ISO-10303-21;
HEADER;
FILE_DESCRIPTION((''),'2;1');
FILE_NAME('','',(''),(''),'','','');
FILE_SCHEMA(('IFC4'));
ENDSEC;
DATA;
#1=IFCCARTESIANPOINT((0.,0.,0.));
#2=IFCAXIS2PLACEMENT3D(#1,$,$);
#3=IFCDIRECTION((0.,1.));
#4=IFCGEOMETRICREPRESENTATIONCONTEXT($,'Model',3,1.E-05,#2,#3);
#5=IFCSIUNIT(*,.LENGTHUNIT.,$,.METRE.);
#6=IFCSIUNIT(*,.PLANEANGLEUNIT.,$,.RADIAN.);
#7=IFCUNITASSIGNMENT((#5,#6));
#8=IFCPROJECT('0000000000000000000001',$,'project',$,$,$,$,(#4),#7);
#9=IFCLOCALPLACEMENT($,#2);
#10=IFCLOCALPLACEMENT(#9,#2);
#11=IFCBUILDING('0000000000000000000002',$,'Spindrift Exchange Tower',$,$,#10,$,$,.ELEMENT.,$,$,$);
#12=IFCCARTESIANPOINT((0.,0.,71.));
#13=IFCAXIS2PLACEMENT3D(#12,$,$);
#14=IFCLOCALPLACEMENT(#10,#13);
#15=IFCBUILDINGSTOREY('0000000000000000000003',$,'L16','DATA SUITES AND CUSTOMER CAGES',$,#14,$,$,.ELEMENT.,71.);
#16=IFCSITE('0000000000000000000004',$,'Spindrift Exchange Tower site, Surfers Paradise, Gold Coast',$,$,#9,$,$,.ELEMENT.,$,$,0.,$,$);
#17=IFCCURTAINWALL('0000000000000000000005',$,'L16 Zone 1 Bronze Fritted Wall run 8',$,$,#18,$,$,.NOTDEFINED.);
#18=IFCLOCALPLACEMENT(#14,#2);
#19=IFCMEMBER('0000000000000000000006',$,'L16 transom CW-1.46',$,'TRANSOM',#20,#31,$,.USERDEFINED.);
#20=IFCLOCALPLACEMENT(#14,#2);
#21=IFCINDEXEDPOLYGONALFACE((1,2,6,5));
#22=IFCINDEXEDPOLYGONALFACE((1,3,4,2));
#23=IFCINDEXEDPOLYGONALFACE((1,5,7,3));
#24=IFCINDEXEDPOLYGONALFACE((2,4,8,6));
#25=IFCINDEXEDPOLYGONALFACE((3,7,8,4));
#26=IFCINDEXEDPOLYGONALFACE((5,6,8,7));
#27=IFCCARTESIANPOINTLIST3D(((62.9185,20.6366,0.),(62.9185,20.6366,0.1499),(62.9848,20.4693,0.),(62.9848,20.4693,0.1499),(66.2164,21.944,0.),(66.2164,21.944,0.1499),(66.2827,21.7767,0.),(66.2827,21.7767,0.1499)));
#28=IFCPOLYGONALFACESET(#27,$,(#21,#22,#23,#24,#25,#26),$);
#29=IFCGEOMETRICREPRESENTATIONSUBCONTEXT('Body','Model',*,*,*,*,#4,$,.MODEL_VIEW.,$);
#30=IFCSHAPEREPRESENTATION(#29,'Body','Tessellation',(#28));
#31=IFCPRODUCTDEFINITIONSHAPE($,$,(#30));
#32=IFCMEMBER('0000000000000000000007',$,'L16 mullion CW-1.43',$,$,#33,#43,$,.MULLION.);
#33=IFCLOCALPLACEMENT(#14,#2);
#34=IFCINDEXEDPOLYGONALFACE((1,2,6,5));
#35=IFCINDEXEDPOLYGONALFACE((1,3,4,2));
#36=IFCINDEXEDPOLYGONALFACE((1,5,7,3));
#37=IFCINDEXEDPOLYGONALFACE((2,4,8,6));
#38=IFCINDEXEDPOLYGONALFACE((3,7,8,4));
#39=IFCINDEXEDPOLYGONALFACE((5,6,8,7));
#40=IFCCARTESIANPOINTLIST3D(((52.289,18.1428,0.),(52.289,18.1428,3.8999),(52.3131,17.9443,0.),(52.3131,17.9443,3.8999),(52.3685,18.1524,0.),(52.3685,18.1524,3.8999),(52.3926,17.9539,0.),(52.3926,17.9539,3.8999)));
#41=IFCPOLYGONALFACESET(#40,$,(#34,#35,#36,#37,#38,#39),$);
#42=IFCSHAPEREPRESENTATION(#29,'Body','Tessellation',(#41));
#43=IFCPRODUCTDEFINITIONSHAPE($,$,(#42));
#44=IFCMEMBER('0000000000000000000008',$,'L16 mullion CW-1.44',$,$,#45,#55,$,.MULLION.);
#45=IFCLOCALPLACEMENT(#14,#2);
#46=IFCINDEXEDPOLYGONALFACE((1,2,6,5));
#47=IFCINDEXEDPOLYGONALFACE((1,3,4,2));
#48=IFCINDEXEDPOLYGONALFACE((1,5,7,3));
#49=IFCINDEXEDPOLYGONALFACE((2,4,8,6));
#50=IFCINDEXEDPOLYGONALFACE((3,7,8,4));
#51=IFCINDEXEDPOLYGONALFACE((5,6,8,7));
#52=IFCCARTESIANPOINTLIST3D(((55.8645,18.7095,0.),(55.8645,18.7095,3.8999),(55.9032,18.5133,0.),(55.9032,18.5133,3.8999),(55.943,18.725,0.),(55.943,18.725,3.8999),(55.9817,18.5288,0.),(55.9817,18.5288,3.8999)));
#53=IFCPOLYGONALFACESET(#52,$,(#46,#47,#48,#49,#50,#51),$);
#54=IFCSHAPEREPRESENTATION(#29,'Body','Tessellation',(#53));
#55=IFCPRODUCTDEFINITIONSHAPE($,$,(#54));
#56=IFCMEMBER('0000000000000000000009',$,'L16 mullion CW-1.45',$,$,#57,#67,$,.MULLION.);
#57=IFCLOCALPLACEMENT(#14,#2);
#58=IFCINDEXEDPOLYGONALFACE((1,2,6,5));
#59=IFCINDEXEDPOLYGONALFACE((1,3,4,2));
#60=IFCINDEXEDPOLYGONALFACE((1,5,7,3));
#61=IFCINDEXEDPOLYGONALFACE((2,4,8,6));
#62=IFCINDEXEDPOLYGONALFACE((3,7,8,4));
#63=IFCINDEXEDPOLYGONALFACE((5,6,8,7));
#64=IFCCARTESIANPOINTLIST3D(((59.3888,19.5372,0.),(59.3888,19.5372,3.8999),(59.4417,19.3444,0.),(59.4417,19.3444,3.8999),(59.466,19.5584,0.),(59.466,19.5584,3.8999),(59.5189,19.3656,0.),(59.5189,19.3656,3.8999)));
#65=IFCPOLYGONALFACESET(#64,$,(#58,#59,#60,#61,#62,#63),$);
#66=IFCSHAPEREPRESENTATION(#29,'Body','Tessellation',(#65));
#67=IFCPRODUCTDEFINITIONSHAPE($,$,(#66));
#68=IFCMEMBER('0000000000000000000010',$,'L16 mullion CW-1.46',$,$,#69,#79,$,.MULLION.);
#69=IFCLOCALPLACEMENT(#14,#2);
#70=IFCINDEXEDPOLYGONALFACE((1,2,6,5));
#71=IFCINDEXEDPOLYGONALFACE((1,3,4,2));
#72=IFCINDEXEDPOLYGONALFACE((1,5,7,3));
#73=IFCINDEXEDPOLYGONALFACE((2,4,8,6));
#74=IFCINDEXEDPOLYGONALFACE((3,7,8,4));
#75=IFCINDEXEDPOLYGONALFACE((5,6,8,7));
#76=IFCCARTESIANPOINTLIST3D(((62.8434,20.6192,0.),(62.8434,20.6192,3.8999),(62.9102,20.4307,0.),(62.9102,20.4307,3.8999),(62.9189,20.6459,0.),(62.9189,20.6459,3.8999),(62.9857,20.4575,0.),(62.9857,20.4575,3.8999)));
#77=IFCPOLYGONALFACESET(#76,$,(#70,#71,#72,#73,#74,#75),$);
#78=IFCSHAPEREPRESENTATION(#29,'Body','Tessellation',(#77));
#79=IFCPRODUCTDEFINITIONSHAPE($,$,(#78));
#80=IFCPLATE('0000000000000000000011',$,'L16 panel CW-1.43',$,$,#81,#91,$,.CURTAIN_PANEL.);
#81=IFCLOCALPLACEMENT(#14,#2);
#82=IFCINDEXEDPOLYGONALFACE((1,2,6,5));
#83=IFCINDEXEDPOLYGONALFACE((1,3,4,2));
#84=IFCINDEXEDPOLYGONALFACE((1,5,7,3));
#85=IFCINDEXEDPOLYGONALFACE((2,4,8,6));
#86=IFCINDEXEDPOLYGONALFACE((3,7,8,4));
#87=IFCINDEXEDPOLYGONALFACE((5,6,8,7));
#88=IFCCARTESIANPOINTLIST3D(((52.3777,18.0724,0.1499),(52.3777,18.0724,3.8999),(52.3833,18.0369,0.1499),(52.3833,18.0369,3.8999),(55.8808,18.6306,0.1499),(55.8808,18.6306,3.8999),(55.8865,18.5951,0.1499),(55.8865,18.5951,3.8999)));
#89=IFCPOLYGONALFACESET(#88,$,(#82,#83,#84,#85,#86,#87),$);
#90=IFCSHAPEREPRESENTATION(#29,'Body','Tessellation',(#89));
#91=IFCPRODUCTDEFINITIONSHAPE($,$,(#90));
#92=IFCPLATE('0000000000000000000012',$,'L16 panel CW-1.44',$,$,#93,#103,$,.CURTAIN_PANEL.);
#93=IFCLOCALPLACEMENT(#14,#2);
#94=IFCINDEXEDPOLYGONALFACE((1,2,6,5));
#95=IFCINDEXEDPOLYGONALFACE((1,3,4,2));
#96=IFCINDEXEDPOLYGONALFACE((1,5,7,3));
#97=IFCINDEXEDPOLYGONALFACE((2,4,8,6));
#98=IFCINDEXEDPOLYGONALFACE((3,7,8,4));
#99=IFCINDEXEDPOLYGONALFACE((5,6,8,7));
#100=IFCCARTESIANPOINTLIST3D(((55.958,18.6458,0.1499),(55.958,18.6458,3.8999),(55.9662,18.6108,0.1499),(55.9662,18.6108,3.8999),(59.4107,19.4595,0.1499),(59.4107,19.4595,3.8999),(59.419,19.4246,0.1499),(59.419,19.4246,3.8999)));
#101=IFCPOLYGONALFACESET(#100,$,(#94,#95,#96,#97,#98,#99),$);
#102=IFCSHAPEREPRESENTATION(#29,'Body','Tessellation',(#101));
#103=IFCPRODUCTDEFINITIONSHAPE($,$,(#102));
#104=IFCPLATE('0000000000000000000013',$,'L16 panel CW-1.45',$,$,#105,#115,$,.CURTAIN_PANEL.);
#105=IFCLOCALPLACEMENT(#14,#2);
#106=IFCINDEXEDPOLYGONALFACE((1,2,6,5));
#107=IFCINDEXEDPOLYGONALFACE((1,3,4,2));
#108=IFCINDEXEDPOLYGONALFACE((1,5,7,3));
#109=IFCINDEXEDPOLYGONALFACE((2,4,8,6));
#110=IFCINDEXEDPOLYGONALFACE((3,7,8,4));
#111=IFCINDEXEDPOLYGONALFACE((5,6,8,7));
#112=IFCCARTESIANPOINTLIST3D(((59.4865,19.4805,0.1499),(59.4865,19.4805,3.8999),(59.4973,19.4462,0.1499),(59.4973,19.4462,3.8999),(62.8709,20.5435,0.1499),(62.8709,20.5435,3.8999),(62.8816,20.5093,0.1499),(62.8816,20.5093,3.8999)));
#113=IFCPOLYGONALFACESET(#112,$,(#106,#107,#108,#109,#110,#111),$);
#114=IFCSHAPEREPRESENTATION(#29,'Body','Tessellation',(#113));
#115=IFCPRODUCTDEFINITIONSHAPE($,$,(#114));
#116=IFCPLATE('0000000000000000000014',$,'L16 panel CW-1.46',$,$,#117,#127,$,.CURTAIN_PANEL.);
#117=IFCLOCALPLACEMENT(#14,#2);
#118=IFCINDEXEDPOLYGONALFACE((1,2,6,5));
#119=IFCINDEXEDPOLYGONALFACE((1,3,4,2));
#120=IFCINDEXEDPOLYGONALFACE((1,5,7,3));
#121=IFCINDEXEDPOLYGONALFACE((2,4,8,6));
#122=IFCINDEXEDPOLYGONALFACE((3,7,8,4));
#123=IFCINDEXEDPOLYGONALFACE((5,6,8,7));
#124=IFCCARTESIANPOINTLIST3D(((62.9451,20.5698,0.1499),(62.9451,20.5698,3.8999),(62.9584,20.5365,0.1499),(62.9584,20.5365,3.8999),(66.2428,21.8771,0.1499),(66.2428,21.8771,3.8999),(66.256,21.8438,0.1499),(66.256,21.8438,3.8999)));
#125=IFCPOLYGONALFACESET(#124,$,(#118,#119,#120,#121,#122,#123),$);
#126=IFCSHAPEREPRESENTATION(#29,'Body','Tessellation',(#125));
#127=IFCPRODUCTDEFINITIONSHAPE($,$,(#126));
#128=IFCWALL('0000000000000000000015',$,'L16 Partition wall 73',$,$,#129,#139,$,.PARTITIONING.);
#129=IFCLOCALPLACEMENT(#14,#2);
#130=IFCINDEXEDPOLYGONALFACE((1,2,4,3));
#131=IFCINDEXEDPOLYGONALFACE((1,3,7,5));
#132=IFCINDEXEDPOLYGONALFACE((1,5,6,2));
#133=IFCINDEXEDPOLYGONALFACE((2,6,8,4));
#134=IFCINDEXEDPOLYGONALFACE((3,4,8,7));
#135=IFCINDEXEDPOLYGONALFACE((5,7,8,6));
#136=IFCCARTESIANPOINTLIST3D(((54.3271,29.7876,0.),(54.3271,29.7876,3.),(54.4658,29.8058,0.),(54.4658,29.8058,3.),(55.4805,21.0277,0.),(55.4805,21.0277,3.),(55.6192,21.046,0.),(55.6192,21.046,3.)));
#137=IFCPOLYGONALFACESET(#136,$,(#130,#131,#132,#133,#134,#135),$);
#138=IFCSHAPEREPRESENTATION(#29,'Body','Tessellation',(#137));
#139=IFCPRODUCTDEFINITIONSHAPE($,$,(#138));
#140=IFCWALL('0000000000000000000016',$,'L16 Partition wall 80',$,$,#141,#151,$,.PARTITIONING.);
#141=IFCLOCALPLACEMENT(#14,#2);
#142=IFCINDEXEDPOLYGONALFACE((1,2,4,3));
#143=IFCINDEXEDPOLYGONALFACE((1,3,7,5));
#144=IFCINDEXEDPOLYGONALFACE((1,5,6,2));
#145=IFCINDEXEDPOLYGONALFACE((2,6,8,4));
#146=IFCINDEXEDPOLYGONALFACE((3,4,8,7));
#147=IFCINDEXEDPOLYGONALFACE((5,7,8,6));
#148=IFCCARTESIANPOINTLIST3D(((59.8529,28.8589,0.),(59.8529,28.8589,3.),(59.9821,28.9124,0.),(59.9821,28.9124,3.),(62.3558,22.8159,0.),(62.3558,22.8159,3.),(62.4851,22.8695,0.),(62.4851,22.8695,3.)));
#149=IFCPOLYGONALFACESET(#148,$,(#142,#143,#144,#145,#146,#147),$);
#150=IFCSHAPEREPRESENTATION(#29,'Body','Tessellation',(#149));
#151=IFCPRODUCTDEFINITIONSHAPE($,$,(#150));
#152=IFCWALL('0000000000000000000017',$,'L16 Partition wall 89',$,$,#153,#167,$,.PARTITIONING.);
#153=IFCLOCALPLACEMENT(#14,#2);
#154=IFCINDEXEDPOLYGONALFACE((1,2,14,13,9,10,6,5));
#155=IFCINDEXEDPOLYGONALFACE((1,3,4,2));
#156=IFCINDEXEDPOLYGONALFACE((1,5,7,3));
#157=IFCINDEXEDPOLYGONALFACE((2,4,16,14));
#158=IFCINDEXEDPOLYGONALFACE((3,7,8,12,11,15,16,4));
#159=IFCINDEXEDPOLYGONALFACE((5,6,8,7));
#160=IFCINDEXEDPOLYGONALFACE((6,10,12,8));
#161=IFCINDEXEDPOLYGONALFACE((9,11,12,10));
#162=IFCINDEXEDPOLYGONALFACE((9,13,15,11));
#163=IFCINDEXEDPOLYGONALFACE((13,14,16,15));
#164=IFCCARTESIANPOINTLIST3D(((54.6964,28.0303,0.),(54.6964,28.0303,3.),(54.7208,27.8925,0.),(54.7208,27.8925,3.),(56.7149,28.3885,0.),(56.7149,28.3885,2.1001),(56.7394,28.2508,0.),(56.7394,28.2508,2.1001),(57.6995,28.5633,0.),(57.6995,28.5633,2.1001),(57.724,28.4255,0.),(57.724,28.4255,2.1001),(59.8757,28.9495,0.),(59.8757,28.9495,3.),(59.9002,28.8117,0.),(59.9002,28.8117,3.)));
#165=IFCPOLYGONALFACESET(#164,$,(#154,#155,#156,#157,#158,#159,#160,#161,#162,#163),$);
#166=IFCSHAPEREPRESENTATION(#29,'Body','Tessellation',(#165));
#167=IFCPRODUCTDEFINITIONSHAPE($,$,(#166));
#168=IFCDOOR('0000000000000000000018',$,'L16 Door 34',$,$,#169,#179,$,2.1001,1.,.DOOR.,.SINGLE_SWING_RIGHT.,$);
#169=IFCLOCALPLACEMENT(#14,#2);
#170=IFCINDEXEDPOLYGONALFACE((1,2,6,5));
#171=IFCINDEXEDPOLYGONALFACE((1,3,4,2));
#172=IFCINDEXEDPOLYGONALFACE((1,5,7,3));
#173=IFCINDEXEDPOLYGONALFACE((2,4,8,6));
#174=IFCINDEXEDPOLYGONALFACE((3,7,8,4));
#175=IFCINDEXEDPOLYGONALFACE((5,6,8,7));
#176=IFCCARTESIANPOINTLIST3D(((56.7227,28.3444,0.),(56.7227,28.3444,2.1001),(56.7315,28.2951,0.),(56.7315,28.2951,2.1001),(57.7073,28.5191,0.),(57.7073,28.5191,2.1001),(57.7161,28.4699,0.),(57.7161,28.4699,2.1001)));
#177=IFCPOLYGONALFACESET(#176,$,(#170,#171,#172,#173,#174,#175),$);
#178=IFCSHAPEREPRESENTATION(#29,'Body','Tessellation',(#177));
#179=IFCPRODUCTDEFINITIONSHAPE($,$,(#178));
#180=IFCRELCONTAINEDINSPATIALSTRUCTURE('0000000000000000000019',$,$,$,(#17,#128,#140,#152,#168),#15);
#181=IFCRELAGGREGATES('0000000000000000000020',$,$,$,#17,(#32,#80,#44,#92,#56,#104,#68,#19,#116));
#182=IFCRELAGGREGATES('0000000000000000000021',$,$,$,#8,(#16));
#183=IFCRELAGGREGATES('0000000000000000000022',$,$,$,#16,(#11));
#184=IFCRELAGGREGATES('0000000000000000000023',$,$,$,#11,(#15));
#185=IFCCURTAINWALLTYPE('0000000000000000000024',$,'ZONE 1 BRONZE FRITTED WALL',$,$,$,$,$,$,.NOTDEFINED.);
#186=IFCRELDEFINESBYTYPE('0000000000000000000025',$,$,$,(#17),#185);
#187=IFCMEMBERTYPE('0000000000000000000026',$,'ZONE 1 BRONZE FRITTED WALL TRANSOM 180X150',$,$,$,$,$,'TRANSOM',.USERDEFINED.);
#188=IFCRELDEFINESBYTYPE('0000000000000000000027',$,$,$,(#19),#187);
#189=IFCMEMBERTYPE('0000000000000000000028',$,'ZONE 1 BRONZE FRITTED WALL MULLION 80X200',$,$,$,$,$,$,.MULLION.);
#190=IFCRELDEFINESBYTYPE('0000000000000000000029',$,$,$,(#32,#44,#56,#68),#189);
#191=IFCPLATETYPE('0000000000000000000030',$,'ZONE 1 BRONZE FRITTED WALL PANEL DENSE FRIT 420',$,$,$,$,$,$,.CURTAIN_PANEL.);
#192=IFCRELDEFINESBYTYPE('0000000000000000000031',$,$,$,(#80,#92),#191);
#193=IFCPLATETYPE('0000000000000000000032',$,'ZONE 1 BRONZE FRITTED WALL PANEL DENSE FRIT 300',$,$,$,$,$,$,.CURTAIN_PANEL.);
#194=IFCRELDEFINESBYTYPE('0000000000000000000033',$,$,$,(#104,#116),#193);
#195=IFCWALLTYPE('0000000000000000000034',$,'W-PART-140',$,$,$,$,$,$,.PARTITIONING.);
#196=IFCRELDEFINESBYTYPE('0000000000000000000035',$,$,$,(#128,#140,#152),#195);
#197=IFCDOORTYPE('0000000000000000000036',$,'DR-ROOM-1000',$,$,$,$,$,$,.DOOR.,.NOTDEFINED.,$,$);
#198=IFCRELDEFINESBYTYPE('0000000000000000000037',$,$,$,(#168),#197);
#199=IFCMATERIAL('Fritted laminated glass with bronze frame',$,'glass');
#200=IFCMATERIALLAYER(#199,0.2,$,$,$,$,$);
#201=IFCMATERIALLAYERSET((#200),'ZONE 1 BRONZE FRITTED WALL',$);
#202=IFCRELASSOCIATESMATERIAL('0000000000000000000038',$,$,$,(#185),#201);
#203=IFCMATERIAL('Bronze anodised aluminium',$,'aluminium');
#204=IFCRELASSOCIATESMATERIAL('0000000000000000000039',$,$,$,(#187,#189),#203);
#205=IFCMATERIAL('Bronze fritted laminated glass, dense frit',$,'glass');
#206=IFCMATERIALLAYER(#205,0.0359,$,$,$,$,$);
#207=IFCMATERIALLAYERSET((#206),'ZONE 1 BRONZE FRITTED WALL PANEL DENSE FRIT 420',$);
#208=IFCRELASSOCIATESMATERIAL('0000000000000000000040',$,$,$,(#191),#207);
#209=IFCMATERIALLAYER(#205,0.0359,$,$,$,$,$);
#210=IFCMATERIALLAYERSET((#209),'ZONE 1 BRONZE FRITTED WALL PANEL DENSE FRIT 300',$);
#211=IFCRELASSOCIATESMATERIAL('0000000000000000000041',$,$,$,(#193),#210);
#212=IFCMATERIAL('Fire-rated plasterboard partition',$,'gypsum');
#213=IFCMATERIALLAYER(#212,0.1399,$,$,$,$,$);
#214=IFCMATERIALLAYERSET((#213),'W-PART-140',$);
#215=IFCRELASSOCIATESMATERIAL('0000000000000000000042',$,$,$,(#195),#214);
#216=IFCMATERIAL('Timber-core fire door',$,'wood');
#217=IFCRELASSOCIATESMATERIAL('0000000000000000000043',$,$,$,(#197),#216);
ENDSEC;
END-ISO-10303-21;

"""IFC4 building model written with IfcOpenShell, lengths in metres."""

from ifc_helpers import new_model, si_unit, direction, frame, frame_2d, origin, origin_2d, place, context, subcontext, project, spatial, rectangle, extrude, source, transform, mapped, material, layer, layer_set, material_profile, profile_set, type_object, element, fill, aggregate, save


model = new_model("IFC4")

# Units and contexts
model_context = context("Model", 3, precision=1e-05, world=origin(), true_north=direction((0.0, 1.0)))
body_context = subcontext(model_context, "Body", "Model", "MODEL_VIEW")
ifc_project = project(units=[si_unit("LENGTHUNIT", "METRE"), si_unit("PLANEANGLEUNIT", "RADIAN")], contexts=[model_context])

# Site, building, storey
site_placement = place(None, origin())
site = spatial("IfcSite", under=ifc_project, at=site_placement, Name="Spindrift Exchange Tower site, Surfers Paradise, Gold Coast", CompositionType="ELEMENT", RefElevation=0.0)
building_placement = place(site_placement, origin())
building = spatial("IfcBuilding", under=site, at=building_placement, Name="Spindrift Exchange Tower", CompositionType="ELEMENT")
storey_placement = place(building_placement, frame((0.0, 0.0, 71.0)))
storey = spatial("IfcBuildingStorey", under=building, at=storey_placement, Name="L16", Description="DATA SUITES AND CUSTOMER CAGES", CompositionType="ELEMENT", Elevation=71.0)

# Curtain wall, members, plates
ifc_material_1 = material(Name="Fritted laminated glass with bronze frame", Category="glass")
ifc_layer_1 = layer(ifc_material_1, 0.2)
ifc_layer_set_1 = layer_set([ifc_layer_1], Name="ZONE 1 BRONZE FRITTED WALL")
curtain_wall_type = type_object("IfcCurtainWallType", Name="ZONE 1 BRONZE FRITTED WALL", PredefinedType="NOTDEFINED", material=ifc_layer_set_1)
curtain_wall_placement = place(storey_placement, origin())
curtain_wall = element("IfcCurtainWall", 1, at=curtain_wall_placement, inside=storey, type_object=curtain_wall_type, Name="L16 Zone 1 Bronze Fritted Wall run 8", PredefinedType="NOTDEFINED")
ifc_material_2 = material(Name="Bronze anodised aluminium", Category="aluminium")
ifc_material_profile_1 = material_profile(ifc_material_2, rectangle(XDim=0.1799, YDim=0.1499, at=origin_2d()), Name="ZONE 1 BRONZE FRITTED WALL TRANSOM 180X150")
ifc_profile_set_1 = profile_set([ifc_material_profile_1], Name="Bronze anodised aluminium")
member_type_1 = type_object("IfcMemberType", Name="ZONE 1 BRONZE FRITTED WALL TRANSOM 180X150", ElementType="TRANSOM", PredefinedType="USERDEFINED", material=ifc_profile_set_1)
shared_shape_1 = source(origin(), body_context, "Body", "SweptSolid", [
    extrude(rectangle(XDim=0.1799, YDim=0.1499, at=origin_2d()), origin(), (0.0, 0.0, 1.0), 3.5476),
])
member_1_placement = place(storey_placement, frame((62.9517, 20.553, 0.075), z_axis=(0.929616, 0.368529, 0.0), x_axis=(-0.368529, 0.929616, 0.0)))
member_1 = element("IfcMember", 2, at=member_1_placement, type_object=member_type_1, Name="L16 transom CW-1.46", ObjectType="TRANSOM", PredefinedType="USERDEFINED", context=body_context, shape_type="MappedRepresentation", body=[
    mapped(shared_shape_1, transform((0.0, 0.0, 0.0), scale=1.0)),
])
ifc_material_profile_2 = material_profile(ifc_material_2, rectangle(XDim=0.0801, YDim=0.2, at=origin_2d()), Name="ZONE 1 BRONZE FRITTED WALL MULLION 80X200")
ifc_profile_set_2 = profile_set([ifc_material_profile_2], Name="Bronze anodised aluminium")
member_type_2 = type_object("IfcMemberType", Name="ZONE 1 BRONZE FRITTED WALL MULLION 80X200", PredefinedType="MULLION", material=ifc_profile_set_2)
shared_shape_2 = source(origin(), body_context, "Body", "SweptSolid", [
    extrude(rectangle(XDim=0.0801, YDim=0.2, at=origin_2d()), origin(), (0.0, 0.0, 1.0), 3.8999),
])
member_2_placement = place(storey_placement, frame((52.3408, 18.0483, 0.0), z_axis=(0.0, 0.0, 1.0), x_axis=(0.992741, 0.120268, 0.0)))
member_2 = element("IfcMember", 3, at=member_2_placement, type_object=member_type_2, Name="L16 mullion CW-1.43", PredefinedType="MULLION", context=body_context, shape_type="MappedRepresentation", body=[
    mapped(shared_shape_2, transform((0.0, 0.0, 0.0), scale=1.0)),
])
member_3_placement = place(storey_placement, frame((55.9231, 18.6191, 0.0), z_axis=(0.0, 0.0, 1.0), x_axis=(0.981099, 0.193505, 0.0)))
member_3 = element("IfcMember", 4, at=member_3_placement, type_object=member_type_2, Name="L16 mullion CW-1.44", PredefinedType="MULLION", context=body_context, shape_type="MappedRepresentation", body=[
    mapped(shared_shape_2, transform((0.0, 0.0, 0.0), scale=1.0)),
])
member_4_placement = place(storey_placement, frame((59.4539, 19.4514, 0.0), z_axis=(0.0, 0.0, 1.0), x_axis=(0.96433, 0.264703, 0.0)))
member_4 = element("IfcMember", 5, at=member_4_placement, type_object=member_type_2, Name="L16 mullion CW-1.45", PredefinedType="MULLION", context=body_context, shape_type="MappedRepresentation", body=[
    mapped(shared_shape_2, transform((0.0, 0.0, 0.0), scale=1.0)),
])
member_5_placement = place(storey_placement, frame((62.9146, 20.5383, 0.0), z_axis=(0.0, 0.0, 1.0), x_axis=(0.94246, 0.334319, 0.0)))
member_5 = element("IfcMember", 6, at=member_5_placement, type_object=member_type_2, Name="L16 mullion CW-1.46", PredefinedType="MULLION", context=body_context, shape_type="MappedRepresentation", body=[
    mapped(shared_shape_2, transform((0.0, 0.0, 0.0), scale=1.0)),
])
ifc_material_3 = material(Name="Bronze fritted laminated glass, dense frit", Category="glass")
ifc_layer_2 = layer(ifc_material_3, 0.0359)
ifc_layer_set_2 = layer_set([ifc_layer_2], Name="ZONE 1 BRONZE FRITTED WALL PANEL DENSE FRIT 420")
plate_type_1 = type_object("IfcPlateType", Name="ZONE 1 BRONZE FRITTED WALL PANEL DENSE FRIT 420", PredefinedType="CURTAIN_PANEL", material=ifc_layer_set_2)
shared_shape_3 = source(origin(), body_context, "Body", "SweptSolid", [
    extrude(rectangle(XDim=3.5474, YDim=0.0359, at=origin_2d()), origin(), (0.0, 0.0, 1.0), 3.75),
])
plate_1_placement = place(storey_placement, frame((54.1321, 18.3337, 0.1499), z_axis=(0.0, 0.0, 1.0), x_axis=(0.987542, 0.157358, 0.0)))
plate_1 = element("IfcPlate", 7, at=plate_1_placement, type_object=plate_type_1, Name="L16 panel CW-1.43", PredefinedType="CURTAIN_PANEL", context=body_context, shape_type="MappedRepresentation", body=[
    mapped(shared_shape_3, transform((0.0, 0.0, 0.0), scale=1.0)),
])
plate_2_placement = place(storey_placement, frame((57.6885, 19.0352, 0.1499), z_axis=(0.0, 0.0, 1.0), x_axis=(0.973334, 0.229391, 0.0)))
plate_2 = element("IfcPlate", 8, at=plate_2_placement, type_object=plate_type_1, Name="L16 panel CW-1.44", PredefinedType="CURTAIN_PANEL", context=body_context, shape_type="MappedRepresentation", body=[
    mapped(shared_shape_3, transform((0.0, 0.0, 0.0), scale=1.0)),
])
ifc_layer_3 = layer(ifc_material_3, 0.0359)
ifc_layer_set_3 = layer_set([ifc_layer_3], Name="ZONE 1 BRONZE FRITTED WALL PANEL DENSE FRIT 300")
plate_type_2 = type_object("IfcPlateType", Name="ZONE 1 BRONZE FRITTED WALL PANEL DENSE FRIT 300", PredefinedType="CURTAIN_PANEL", material=ifc_layer_set_3)
shared_shape_4 = source(origin(), body_context, "Body", "SweptSolid", [
    extrude(rectangle(XDim=3.5474, YDim=0.0359, at=origin_2d()), origin(), (0.0, 0.0, 1.0), 3.75),
])
plate_3_placement = place(storey_placement, frame((61.1841, 19.9949, 0.1499), z_axis=(0.0, 0.0, 1.0), x_axis=(0.954045, 0.299664, 0.0)))
plate_3 = element("IfcPlate", 9, at=plate_3_placement, type_object=plate_type_2, Name="L16 panel CW-1.45", PredefinedType="CURTAIN_PANEL", context=body_context, shape_type="MappedRepresentation", body=[
    mapped(shared_shape_4, transform((0.0, 0.0, 0.0), scale=1.0)),
])
plate_4_placement = place(storey_placement, frame((64.6006, 21.2068, 0.1499), z_axis=(0.0, 0.0, 1.0), x_axis=(0.929617, 0.368527, 0.0)))
plate_4 = element("IfcPlate", 10, at=plate_4_placement, type_object=plate_type_2, Name="L16 panel CW-1.46", PredefinedType="CURTAIN_PANEL", context=body_context, shape_type="MappedRepresentation", body=[
    mapped(shared_shape_4, transform((0.0, 0.0, 0.0), scale=1.0)),
])
aggregate(curtain_wall, [member_2, plate_1, member_3, plate_2, member_4, plate_3, member_5, member_1, plate_4])

# Walls
ifc_material_4 = material(Name="Fire-rated plasterboard partition", Category="gypsum")
ifc_layer_4 = layer(ifc_material_4, 0.1399)
ifc_layer_set_4 = layer_set([ifc_layer_4], Name="W-PART-140")
wall_type = type_object("IfcWallType", Name="W-PART-140", PredefinedType="PARTITIONING", material=ifc_layer_set_4)
wall_1_placement = place(storey_placement, frame((55.5498, 21.0369, 0.0), z_axis=(0.0, 0.0, 1.0), x_axis=(-0.130535, 0.991444, 0.0)))
element("IfcWall", 11, at=wall_1_placement, inside=storey, type_object=wall_type, Name="L16 Partition wall 73", PredefinedType="PARTITIONING", context=body_context, shape_type="SweptSolid", body=[
    extrude(rectangle(XDim=8.8354, YDim=0.1399, at=frame_2d((4.4177, 0.0))), origin(), (0.0, 0.0, 1.0), 3.0),
])
wall_2_placement = place(storey_placement, frame((59.9175, 28.8857, 0.0), z_axis=(0.0, 0.0, 1.0), x_axis=(0.382664, -0.923888, 0.0)))
element("IfcWall", 12, at=wall_2_placement, inside=storey, type_object=wall_type, Name="L16 Partition wall 80", PredefinedType="PARTITIONING", context=body_context, shape_type="SweptSolid", body=[
    extrude(rectangle(XDim=6.5408, YDim=0.1399, at=frame_2d((3.2705, 0.0))), origin(), (0.0, 0.0, 1.0), 3.0),
])

# Wall, opening, door
wall_3_placement = place(storey_placement, frame((59.8879, 28.8806, 0.0), z_axis=(0.0, 0.0, 1.0), x_axis=(-0.984613, -0.174746, 0.0)))
wall_3 = element("IfcWall", 13, at=wall_3_placement, inside=storey, type_object=wall_type, Name="L16 Partition wall 89", PredefinedType="PARTITIONING", context=body_context, shape_type="SweptSolid", body=[
    extrude(rectangle(XDim=5.2603, YDim=0.1399, at=frame_2d((2.6301, 0.0))), origin(), (0.0, 0.0, 1.0), 3.0),
])
opening_placement = place(wall_3_placement, frame((2.2102, 0.0, 0.0)))
opening = element("IfcOpeningElement", 14, at=opening_placement, cuts=wall_3, PredefinedType="OPENING", context=body_context, shape_type="SweptSolid", body=[
    extrude(rectangle(XDim=1.0, YDim=2.1001, at=frame_2d((0.5, 1.05))), frame((0.0, 0.0798, 0.0), z_axis=(0.0, -1.0, 0.0), x_axis=(1.0, 0.0, 0.0)), (0.0, 0.0, 1.0), 0.1599),
])
ifc_material_5 = material(Name="Timber-core fire door", Category="wood")
door_type = type_object("IfcDoorType", Name="DR-ROOM-1000", OperationType="NOTDEFINED", PredefinedType="DOOR", material=ifc_material_5)
shared_shape_5 = source(origin(), body_context, "Body", "SweptSolid", [
    extrude(rectangle(XDim=1.0, YDim=2.1001, at=frame_2d((0.5, 1.05))), frame((0.0, 0.0249, 0.0), z_axis=(0.0, -1.0, 0.0), x_axis=(1.0, 0.0, 0.0)), (0.0, 0.0, 1.0), 0.05),
])
door_placement = place(opening_placement, origin())
door = element("IfcDoor", 15, at=door_placement, inside=storey, type_object=door_type, Name="L16 Door 34", OperationType="SINGLE_SWING_RIGHT", OverallHeight=2.1001, OverallWidth=1.0, PredefinedType="DOOR", context=body_context, shape_type="MappedRepresentation", body=[
    mapped(shared_shape_5, transform((0.0, 0.0, 0.0), scale=1.0)),
])
fill(opening, door)

save(model, "model.ifc")
